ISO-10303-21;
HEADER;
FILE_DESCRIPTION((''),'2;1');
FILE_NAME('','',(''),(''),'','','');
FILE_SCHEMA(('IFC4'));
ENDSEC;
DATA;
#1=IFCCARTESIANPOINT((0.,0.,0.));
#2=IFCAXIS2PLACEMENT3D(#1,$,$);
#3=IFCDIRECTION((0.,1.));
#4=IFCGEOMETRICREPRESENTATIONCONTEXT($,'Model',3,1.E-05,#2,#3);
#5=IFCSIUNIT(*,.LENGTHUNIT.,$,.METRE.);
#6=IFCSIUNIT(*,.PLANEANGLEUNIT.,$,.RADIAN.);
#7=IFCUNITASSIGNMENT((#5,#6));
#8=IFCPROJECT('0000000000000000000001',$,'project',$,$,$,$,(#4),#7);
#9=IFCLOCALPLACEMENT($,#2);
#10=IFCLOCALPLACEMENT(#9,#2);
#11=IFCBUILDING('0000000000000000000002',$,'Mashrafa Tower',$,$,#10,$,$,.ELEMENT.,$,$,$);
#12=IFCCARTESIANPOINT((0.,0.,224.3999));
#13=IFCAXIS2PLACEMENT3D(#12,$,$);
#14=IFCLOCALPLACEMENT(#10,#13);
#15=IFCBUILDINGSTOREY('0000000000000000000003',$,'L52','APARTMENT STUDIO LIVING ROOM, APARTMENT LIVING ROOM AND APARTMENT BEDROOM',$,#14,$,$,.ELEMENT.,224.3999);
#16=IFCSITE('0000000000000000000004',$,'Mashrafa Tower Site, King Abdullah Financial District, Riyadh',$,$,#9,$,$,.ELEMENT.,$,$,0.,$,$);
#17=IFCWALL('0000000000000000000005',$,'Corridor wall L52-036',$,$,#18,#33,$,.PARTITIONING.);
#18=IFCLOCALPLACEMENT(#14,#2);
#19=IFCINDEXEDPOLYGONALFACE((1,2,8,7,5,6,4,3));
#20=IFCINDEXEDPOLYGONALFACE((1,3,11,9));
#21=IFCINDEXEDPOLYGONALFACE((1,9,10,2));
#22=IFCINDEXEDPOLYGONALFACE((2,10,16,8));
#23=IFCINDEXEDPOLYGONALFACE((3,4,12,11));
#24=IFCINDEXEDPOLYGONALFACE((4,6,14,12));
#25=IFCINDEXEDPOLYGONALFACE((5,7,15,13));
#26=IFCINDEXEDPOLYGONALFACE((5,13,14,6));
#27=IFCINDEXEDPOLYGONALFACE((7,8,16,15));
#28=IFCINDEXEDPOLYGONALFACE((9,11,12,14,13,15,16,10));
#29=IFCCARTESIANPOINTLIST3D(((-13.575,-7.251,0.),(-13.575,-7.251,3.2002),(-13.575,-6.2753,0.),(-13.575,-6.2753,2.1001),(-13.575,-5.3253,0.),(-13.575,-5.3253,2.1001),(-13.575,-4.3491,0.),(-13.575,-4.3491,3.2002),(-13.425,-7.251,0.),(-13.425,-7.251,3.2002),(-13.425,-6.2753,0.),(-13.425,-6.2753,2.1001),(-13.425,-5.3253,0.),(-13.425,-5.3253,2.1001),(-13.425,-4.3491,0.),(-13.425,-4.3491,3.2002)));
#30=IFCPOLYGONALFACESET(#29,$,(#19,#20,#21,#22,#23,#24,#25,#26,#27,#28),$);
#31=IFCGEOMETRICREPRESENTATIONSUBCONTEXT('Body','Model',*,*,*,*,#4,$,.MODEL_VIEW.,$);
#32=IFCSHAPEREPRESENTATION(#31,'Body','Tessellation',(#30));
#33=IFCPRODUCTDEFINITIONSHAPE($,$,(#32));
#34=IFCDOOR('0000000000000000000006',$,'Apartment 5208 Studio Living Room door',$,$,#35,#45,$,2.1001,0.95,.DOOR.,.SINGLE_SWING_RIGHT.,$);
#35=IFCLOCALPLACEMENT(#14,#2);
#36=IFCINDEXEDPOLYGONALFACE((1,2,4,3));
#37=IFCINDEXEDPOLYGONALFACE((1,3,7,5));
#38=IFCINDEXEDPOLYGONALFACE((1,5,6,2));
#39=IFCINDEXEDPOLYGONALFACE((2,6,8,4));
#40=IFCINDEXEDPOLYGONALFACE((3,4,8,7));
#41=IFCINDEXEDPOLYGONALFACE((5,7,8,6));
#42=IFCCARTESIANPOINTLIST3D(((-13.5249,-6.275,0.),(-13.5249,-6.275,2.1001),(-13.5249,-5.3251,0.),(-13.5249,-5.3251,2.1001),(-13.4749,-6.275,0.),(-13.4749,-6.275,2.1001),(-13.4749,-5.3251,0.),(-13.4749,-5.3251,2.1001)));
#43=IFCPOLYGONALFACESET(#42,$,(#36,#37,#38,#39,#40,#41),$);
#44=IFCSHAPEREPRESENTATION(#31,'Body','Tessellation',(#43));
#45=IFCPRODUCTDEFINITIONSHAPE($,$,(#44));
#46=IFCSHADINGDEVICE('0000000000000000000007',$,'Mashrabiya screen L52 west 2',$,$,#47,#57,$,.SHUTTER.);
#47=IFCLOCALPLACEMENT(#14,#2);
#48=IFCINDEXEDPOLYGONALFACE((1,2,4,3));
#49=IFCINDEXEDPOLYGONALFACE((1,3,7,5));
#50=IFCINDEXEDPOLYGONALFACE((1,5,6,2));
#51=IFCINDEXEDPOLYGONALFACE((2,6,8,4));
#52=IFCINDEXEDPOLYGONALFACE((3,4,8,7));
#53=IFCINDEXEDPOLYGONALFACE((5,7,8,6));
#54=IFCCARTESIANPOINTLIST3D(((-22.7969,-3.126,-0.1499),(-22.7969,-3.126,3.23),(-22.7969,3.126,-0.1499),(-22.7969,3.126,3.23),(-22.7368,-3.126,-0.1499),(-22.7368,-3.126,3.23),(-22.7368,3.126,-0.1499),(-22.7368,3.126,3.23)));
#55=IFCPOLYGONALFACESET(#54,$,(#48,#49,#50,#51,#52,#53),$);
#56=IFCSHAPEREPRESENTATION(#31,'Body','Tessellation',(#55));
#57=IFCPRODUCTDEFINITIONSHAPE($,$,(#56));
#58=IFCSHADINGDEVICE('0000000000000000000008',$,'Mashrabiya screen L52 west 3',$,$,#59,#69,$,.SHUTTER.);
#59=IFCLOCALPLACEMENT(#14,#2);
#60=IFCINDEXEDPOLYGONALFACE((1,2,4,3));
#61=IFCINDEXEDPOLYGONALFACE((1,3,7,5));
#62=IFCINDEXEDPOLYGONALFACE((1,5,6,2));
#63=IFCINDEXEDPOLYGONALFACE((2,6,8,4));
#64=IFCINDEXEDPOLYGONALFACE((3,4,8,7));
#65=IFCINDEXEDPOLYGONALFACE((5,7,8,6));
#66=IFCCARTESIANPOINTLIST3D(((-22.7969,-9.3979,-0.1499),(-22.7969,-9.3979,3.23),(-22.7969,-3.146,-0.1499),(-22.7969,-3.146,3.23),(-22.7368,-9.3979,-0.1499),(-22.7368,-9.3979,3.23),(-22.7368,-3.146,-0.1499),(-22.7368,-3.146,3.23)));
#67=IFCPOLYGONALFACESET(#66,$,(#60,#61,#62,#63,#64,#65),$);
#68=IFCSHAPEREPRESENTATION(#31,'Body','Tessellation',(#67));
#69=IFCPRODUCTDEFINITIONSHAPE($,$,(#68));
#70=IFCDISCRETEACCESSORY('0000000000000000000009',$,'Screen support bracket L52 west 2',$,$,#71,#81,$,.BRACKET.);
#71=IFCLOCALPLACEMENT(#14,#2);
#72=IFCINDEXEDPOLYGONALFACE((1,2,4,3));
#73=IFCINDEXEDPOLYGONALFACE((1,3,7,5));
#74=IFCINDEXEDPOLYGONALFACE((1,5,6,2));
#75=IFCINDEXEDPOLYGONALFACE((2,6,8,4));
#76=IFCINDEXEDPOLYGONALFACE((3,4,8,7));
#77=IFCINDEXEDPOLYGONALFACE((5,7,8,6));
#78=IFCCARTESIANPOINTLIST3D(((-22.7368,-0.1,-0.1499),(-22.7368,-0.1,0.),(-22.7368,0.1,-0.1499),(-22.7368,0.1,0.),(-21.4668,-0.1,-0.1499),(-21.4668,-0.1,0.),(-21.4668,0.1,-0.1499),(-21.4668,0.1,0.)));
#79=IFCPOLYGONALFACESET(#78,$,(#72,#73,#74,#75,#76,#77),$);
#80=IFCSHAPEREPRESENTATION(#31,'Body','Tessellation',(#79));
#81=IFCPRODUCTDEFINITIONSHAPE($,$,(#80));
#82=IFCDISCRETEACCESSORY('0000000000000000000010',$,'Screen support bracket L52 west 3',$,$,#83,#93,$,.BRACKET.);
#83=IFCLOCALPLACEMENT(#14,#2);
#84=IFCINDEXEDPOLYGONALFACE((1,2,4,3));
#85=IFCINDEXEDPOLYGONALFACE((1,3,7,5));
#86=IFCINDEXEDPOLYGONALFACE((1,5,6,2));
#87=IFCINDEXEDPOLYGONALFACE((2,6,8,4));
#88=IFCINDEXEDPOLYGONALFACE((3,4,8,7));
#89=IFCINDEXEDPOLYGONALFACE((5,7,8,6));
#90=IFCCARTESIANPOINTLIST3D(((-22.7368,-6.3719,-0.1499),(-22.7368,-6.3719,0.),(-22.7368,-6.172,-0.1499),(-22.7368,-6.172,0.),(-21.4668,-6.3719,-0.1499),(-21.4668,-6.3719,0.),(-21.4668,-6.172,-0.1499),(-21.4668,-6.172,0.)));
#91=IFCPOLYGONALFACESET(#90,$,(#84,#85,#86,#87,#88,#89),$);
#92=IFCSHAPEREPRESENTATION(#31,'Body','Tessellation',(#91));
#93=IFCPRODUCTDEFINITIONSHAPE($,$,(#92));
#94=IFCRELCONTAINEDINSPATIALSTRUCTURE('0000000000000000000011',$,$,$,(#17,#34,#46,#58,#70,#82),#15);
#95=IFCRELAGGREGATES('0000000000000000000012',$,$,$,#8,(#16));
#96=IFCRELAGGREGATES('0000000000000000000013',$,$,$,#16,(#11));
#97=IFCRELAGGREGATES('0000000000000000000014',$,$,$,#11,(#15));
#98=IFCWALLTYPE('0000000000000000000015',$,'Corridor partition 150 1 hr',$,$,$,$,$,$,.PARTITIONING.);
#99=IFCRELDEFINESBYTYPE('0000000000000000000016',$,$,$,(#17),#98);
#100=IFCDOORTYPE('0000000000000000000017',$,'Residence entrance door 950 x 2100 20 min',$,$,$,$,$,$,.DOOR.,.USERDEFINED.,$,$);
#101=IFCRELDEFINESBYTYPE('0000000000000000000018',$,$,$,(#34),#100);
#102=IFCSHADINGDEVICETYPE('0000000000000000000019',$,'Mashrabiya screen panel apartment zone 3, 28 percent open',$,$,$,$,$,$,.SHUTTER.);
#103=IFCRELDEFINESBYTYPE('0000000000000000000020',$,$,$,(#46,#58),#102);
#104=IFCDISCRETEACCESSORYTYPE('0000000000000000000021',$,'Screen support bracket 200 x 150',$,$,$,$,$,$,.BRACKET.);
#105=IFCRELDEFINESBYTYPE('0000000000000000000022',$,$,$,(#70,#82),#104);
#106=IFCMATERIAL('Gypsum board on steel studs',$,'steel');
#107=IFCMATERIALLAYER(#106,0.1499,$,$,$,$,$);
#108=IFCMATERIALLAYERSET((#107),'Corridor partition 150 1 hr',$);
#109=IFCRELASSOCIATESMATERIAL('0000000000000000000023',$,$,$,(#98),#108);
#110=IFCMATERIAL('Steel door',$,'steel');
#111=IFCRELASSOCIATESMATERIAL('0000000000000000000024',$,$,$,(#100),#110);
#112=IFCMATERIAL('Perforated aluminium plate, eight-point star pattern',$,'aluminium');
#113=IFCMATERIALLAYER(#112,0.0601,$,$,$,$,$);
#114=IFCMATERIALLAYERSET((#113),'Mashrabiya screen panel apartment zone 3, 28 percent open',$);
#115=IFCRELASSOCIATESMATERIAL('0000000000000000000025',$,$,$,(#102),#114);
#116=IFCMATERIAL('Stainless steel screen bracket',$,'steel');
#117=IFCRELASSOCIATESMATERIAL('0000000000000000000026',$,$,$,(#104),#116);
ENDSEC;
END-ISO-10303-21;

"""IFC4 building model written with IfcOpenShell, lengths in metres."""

from ifc_helpers import new_model, si_unit, direction, frame, frame_2d, origin, origin_2d, place, context, subcontext, project, spatial, rectangle, extrude, source, transform, mapped, material, layer, layer_set, type_object, type_shapes, element, fill, save


model = new_model("IFC4")

# Units and contexts
model_context = context("Model", 3, precision=1e-05, world=origin(), true_north=direction((0.0, 1.0)))
body_context = subcontext(model_context, "Body", "Model", "MODEL_VIEW")
ifc_project = project(units=[si_unit("LENGTHUNIT", "METRE"), si_unit("PLANEANGLEUNIT", "RADIAN")], contexts=[model_context])

# Site, building, storey
site_placement = place(None, origin())
site = spatial("IfcSite", under=ifc_project, at=site_placement, Name="Mashrafa Tower Site, King Abdullah Financial District, Riyadh", CompositionType="ELEMENT", RefElevation=0.0)
building_placement = place(site_placement, origin())
building = spatial("IfcBuilding", under=site, at=building_placement, Name="Mashrafa Tower", CompositionType="ELEMENT")
storey_placement = place(building_placement, frame((0.0, 0.0, 224.3999)))
storey = spatial("IfcBuildingStorey", under=building, at=storey_placement, Name="L52", Description="APARTMENT STUDIO LIVING ROOM, APARTMENT LIVING ROOM AND APARTMENT BEDROOM", CompositionType="ELEMENT", Elevation=224.3999)

# Shared definitions
ifc_material_1 = material(Name="Gypsum board on steel studs", Category="steel")
ifc_layer_1 = layer(ifc_material_1, 0.1499)
ifc_layer_set_1 = layer_set([ifc_layer_1], Name="Corridor partition 150 1 hr")
wall_type_1 = type_object("IfcWallType", Name="Corridor partition 150 1 hr", PredefinedType="PARTITIONING", material=ifc_layer_set_1)

# Shared definitions
ifc_material_2 = material(Name="Steel door", Category="steel")
door_type = type_object("IfcDoorType", Name="Residence entrance door 950 x 2100 20 min", OperationType="USERDEFINED", PredefinedType="DOOR", material=ifc_material_2)

# Wall, opening, door
wall_1_placement = place(storey_placement, frame((-13.5, -4.3491, 0.0), z_axis=(0.0, 0.0, 1.0), x_axis=(0.0, -1.0, 0.0)))
wall_1 = element("IfcWall", 1, at=wall_1_placement, inside=storey, type_object=wall_type_1, Name="Corridor wall L52-036", PredefinedType="PARTITIONING", context=body_context, shape_type="SweptSolid", body=[
    extrude(rectangle(XDim=2.9019, YDim=0.1499, at=frame_2d((1.4509, 0.0))), origin(), (0.0, 0.0, 1.0), 3.2002),
])
opening_1_placement = place(wall_1_placement, frame((0.9761, 0.0, 0.0)))
opening_1 = element("IfcOpeningElement", 2, at=opening_1_placement, cuts=wall_1, PredefinedType="OPENING", context=body_context, shape_type="SweptSolid", body=[
    extrude(rectangle(XDim=0.95, YDim=2.1001, at=frame_2d((0.4751, 1.05))), frame((0.0, 0.085, 0.0), z_axis=(0.0, -1.0, 0.0), x_axis=(1.0, 0.0, 0.0)), (0.0, 0.0, 1.0), 0.1699),
])
door_1_placement = place(opening_1_placement, frame((0.95, 0.0, 0.0), z_axis=(0.0, 0.0, 1.0), x_axis=(-1.0, 0.0, 0.0)))
door_1 = element("IfcDoor", 3, at=door_1_placement, inside=storey, type_object=door_type, Name="Apartment 5208 Studio Living Room door", OperationType="SINGLE_SWING_RIGHT", OverallHeight=2.1001, OverallWidth=0.95, PredefinedType="DOOR", context=body_context, shape_type="SweptSolid", body=[
    extrude(rectangle(XDim=0.95, YDim=2.1001, at=frame_2d((0.4751, 1.05))), frame((0.0, 0.0249, 0.0), z_axis=(0.0, -1.0, 0.0), x_axis=(1.0, 0.0, 0.0)), (0.0, 0.0, 1.0), 0.05),
])
fill(opening_1, door_1)

# Shading devices
ifc_material_3 = material(Name="Perforated aluminium plate, eight-point star pattern", Category="aluminium")
ifc_layer_2 = layer(ifc_material_3, 0.0601)
ifc_layer_set_2 = layer_set([ifc_layer_2], Name="Mashrabiya screen panel apartment zone 3, 28 percent open")
shading_device_type = type_object("IfcShadingDeviceType", Name="Mashrabiya screen panel apartment zone 3, 28 percent open", PredefinedType="SHUTTER", material=ifc_layer_set_2)
shared_shape_1 = source(origin(), body_context, "Body", "SweptSolid", [
    extrude(rectangle(XDim=6.252, YDim=0.0601, at=origin_2d()), origin(), (0.0, 0.0, 1.0), 3.3799),
])
type_shapes(shading_device_type, [shared_shape_1])
for number, where, z_axis, x_axis, name in (
    (4, (-22.7668, 0.0, -0.1499), (0.0, 0.0, 1.0), (0.0, -1.0, 0.0), "Mashrabiya screen L52 west 2"),
    (5, (-22.7668, -6.272, -0.1499), (0.0, 0.0, 1.0), (0.0, -1.0, 0.0), "Mashrabiya screen L52 west 3"),
):
    element("IfcShadingDevice", number, at=place(storey_placement, frame(where, z_axis=z_axis, x_axis=x_axis)), inside=storey, type_object=shading_device_type, Name=name, PredefinedType="SHUTTER", context=body_context, shape_type="MappedRepresentation", body=[
        mapped(shared_shape_1, transform((0.0, 0.0, 0.0))),
    ])

# Discrete accessories
ifc_material_4 = material(Name="Stainless steel screen bracket", Category="steel")
discrete_accessory_type = type_object("IfcDiscreteAccessoryType", Name="Screen support bracket 200 x 150", PredefinedType="BRACKET", material=ifc_material_4)
shared_shape_2 = source(origin(), body_context, "Body", "SweptSolid", [
    extrude(rectangle(XDim=0.2, YDim=1.27, at=origin_2d()), origin(), (0.0, 0.0, 1.0), 0.1499),
])
type_shapes(discrete_accessory_type, [shared_shape_2])
for number, where, z_axis, x_axis, name in (
    (6, (-22.1018, 0.0, -0.1499), (0.0, 0.0, 1.0), (0.0, -1.0, 0.0), "Screen support bracket L52 west 2"),
    (7, (-22.1018, -6.272, -0.1499), (0.0, 0.0, 1.0), (0.0, -1.0, 0.0), "Screen support bracket L52 west 3"),
):
    element("IfcDiscreteAccessory", number, at=place(storey_placement, frame(where, z_axis=z_axis, x_axis=x_axis)), inside=storey, type_object=discrete_accessory_type, Name=name, PredefinedType="BRACKET", context=body_context, shape_type="MappedRepresentation", body=[
        mapped(shared_shape_2, transform((0.0, 0.0, 0.0))),
    ])

save(model, "model.ifc")
